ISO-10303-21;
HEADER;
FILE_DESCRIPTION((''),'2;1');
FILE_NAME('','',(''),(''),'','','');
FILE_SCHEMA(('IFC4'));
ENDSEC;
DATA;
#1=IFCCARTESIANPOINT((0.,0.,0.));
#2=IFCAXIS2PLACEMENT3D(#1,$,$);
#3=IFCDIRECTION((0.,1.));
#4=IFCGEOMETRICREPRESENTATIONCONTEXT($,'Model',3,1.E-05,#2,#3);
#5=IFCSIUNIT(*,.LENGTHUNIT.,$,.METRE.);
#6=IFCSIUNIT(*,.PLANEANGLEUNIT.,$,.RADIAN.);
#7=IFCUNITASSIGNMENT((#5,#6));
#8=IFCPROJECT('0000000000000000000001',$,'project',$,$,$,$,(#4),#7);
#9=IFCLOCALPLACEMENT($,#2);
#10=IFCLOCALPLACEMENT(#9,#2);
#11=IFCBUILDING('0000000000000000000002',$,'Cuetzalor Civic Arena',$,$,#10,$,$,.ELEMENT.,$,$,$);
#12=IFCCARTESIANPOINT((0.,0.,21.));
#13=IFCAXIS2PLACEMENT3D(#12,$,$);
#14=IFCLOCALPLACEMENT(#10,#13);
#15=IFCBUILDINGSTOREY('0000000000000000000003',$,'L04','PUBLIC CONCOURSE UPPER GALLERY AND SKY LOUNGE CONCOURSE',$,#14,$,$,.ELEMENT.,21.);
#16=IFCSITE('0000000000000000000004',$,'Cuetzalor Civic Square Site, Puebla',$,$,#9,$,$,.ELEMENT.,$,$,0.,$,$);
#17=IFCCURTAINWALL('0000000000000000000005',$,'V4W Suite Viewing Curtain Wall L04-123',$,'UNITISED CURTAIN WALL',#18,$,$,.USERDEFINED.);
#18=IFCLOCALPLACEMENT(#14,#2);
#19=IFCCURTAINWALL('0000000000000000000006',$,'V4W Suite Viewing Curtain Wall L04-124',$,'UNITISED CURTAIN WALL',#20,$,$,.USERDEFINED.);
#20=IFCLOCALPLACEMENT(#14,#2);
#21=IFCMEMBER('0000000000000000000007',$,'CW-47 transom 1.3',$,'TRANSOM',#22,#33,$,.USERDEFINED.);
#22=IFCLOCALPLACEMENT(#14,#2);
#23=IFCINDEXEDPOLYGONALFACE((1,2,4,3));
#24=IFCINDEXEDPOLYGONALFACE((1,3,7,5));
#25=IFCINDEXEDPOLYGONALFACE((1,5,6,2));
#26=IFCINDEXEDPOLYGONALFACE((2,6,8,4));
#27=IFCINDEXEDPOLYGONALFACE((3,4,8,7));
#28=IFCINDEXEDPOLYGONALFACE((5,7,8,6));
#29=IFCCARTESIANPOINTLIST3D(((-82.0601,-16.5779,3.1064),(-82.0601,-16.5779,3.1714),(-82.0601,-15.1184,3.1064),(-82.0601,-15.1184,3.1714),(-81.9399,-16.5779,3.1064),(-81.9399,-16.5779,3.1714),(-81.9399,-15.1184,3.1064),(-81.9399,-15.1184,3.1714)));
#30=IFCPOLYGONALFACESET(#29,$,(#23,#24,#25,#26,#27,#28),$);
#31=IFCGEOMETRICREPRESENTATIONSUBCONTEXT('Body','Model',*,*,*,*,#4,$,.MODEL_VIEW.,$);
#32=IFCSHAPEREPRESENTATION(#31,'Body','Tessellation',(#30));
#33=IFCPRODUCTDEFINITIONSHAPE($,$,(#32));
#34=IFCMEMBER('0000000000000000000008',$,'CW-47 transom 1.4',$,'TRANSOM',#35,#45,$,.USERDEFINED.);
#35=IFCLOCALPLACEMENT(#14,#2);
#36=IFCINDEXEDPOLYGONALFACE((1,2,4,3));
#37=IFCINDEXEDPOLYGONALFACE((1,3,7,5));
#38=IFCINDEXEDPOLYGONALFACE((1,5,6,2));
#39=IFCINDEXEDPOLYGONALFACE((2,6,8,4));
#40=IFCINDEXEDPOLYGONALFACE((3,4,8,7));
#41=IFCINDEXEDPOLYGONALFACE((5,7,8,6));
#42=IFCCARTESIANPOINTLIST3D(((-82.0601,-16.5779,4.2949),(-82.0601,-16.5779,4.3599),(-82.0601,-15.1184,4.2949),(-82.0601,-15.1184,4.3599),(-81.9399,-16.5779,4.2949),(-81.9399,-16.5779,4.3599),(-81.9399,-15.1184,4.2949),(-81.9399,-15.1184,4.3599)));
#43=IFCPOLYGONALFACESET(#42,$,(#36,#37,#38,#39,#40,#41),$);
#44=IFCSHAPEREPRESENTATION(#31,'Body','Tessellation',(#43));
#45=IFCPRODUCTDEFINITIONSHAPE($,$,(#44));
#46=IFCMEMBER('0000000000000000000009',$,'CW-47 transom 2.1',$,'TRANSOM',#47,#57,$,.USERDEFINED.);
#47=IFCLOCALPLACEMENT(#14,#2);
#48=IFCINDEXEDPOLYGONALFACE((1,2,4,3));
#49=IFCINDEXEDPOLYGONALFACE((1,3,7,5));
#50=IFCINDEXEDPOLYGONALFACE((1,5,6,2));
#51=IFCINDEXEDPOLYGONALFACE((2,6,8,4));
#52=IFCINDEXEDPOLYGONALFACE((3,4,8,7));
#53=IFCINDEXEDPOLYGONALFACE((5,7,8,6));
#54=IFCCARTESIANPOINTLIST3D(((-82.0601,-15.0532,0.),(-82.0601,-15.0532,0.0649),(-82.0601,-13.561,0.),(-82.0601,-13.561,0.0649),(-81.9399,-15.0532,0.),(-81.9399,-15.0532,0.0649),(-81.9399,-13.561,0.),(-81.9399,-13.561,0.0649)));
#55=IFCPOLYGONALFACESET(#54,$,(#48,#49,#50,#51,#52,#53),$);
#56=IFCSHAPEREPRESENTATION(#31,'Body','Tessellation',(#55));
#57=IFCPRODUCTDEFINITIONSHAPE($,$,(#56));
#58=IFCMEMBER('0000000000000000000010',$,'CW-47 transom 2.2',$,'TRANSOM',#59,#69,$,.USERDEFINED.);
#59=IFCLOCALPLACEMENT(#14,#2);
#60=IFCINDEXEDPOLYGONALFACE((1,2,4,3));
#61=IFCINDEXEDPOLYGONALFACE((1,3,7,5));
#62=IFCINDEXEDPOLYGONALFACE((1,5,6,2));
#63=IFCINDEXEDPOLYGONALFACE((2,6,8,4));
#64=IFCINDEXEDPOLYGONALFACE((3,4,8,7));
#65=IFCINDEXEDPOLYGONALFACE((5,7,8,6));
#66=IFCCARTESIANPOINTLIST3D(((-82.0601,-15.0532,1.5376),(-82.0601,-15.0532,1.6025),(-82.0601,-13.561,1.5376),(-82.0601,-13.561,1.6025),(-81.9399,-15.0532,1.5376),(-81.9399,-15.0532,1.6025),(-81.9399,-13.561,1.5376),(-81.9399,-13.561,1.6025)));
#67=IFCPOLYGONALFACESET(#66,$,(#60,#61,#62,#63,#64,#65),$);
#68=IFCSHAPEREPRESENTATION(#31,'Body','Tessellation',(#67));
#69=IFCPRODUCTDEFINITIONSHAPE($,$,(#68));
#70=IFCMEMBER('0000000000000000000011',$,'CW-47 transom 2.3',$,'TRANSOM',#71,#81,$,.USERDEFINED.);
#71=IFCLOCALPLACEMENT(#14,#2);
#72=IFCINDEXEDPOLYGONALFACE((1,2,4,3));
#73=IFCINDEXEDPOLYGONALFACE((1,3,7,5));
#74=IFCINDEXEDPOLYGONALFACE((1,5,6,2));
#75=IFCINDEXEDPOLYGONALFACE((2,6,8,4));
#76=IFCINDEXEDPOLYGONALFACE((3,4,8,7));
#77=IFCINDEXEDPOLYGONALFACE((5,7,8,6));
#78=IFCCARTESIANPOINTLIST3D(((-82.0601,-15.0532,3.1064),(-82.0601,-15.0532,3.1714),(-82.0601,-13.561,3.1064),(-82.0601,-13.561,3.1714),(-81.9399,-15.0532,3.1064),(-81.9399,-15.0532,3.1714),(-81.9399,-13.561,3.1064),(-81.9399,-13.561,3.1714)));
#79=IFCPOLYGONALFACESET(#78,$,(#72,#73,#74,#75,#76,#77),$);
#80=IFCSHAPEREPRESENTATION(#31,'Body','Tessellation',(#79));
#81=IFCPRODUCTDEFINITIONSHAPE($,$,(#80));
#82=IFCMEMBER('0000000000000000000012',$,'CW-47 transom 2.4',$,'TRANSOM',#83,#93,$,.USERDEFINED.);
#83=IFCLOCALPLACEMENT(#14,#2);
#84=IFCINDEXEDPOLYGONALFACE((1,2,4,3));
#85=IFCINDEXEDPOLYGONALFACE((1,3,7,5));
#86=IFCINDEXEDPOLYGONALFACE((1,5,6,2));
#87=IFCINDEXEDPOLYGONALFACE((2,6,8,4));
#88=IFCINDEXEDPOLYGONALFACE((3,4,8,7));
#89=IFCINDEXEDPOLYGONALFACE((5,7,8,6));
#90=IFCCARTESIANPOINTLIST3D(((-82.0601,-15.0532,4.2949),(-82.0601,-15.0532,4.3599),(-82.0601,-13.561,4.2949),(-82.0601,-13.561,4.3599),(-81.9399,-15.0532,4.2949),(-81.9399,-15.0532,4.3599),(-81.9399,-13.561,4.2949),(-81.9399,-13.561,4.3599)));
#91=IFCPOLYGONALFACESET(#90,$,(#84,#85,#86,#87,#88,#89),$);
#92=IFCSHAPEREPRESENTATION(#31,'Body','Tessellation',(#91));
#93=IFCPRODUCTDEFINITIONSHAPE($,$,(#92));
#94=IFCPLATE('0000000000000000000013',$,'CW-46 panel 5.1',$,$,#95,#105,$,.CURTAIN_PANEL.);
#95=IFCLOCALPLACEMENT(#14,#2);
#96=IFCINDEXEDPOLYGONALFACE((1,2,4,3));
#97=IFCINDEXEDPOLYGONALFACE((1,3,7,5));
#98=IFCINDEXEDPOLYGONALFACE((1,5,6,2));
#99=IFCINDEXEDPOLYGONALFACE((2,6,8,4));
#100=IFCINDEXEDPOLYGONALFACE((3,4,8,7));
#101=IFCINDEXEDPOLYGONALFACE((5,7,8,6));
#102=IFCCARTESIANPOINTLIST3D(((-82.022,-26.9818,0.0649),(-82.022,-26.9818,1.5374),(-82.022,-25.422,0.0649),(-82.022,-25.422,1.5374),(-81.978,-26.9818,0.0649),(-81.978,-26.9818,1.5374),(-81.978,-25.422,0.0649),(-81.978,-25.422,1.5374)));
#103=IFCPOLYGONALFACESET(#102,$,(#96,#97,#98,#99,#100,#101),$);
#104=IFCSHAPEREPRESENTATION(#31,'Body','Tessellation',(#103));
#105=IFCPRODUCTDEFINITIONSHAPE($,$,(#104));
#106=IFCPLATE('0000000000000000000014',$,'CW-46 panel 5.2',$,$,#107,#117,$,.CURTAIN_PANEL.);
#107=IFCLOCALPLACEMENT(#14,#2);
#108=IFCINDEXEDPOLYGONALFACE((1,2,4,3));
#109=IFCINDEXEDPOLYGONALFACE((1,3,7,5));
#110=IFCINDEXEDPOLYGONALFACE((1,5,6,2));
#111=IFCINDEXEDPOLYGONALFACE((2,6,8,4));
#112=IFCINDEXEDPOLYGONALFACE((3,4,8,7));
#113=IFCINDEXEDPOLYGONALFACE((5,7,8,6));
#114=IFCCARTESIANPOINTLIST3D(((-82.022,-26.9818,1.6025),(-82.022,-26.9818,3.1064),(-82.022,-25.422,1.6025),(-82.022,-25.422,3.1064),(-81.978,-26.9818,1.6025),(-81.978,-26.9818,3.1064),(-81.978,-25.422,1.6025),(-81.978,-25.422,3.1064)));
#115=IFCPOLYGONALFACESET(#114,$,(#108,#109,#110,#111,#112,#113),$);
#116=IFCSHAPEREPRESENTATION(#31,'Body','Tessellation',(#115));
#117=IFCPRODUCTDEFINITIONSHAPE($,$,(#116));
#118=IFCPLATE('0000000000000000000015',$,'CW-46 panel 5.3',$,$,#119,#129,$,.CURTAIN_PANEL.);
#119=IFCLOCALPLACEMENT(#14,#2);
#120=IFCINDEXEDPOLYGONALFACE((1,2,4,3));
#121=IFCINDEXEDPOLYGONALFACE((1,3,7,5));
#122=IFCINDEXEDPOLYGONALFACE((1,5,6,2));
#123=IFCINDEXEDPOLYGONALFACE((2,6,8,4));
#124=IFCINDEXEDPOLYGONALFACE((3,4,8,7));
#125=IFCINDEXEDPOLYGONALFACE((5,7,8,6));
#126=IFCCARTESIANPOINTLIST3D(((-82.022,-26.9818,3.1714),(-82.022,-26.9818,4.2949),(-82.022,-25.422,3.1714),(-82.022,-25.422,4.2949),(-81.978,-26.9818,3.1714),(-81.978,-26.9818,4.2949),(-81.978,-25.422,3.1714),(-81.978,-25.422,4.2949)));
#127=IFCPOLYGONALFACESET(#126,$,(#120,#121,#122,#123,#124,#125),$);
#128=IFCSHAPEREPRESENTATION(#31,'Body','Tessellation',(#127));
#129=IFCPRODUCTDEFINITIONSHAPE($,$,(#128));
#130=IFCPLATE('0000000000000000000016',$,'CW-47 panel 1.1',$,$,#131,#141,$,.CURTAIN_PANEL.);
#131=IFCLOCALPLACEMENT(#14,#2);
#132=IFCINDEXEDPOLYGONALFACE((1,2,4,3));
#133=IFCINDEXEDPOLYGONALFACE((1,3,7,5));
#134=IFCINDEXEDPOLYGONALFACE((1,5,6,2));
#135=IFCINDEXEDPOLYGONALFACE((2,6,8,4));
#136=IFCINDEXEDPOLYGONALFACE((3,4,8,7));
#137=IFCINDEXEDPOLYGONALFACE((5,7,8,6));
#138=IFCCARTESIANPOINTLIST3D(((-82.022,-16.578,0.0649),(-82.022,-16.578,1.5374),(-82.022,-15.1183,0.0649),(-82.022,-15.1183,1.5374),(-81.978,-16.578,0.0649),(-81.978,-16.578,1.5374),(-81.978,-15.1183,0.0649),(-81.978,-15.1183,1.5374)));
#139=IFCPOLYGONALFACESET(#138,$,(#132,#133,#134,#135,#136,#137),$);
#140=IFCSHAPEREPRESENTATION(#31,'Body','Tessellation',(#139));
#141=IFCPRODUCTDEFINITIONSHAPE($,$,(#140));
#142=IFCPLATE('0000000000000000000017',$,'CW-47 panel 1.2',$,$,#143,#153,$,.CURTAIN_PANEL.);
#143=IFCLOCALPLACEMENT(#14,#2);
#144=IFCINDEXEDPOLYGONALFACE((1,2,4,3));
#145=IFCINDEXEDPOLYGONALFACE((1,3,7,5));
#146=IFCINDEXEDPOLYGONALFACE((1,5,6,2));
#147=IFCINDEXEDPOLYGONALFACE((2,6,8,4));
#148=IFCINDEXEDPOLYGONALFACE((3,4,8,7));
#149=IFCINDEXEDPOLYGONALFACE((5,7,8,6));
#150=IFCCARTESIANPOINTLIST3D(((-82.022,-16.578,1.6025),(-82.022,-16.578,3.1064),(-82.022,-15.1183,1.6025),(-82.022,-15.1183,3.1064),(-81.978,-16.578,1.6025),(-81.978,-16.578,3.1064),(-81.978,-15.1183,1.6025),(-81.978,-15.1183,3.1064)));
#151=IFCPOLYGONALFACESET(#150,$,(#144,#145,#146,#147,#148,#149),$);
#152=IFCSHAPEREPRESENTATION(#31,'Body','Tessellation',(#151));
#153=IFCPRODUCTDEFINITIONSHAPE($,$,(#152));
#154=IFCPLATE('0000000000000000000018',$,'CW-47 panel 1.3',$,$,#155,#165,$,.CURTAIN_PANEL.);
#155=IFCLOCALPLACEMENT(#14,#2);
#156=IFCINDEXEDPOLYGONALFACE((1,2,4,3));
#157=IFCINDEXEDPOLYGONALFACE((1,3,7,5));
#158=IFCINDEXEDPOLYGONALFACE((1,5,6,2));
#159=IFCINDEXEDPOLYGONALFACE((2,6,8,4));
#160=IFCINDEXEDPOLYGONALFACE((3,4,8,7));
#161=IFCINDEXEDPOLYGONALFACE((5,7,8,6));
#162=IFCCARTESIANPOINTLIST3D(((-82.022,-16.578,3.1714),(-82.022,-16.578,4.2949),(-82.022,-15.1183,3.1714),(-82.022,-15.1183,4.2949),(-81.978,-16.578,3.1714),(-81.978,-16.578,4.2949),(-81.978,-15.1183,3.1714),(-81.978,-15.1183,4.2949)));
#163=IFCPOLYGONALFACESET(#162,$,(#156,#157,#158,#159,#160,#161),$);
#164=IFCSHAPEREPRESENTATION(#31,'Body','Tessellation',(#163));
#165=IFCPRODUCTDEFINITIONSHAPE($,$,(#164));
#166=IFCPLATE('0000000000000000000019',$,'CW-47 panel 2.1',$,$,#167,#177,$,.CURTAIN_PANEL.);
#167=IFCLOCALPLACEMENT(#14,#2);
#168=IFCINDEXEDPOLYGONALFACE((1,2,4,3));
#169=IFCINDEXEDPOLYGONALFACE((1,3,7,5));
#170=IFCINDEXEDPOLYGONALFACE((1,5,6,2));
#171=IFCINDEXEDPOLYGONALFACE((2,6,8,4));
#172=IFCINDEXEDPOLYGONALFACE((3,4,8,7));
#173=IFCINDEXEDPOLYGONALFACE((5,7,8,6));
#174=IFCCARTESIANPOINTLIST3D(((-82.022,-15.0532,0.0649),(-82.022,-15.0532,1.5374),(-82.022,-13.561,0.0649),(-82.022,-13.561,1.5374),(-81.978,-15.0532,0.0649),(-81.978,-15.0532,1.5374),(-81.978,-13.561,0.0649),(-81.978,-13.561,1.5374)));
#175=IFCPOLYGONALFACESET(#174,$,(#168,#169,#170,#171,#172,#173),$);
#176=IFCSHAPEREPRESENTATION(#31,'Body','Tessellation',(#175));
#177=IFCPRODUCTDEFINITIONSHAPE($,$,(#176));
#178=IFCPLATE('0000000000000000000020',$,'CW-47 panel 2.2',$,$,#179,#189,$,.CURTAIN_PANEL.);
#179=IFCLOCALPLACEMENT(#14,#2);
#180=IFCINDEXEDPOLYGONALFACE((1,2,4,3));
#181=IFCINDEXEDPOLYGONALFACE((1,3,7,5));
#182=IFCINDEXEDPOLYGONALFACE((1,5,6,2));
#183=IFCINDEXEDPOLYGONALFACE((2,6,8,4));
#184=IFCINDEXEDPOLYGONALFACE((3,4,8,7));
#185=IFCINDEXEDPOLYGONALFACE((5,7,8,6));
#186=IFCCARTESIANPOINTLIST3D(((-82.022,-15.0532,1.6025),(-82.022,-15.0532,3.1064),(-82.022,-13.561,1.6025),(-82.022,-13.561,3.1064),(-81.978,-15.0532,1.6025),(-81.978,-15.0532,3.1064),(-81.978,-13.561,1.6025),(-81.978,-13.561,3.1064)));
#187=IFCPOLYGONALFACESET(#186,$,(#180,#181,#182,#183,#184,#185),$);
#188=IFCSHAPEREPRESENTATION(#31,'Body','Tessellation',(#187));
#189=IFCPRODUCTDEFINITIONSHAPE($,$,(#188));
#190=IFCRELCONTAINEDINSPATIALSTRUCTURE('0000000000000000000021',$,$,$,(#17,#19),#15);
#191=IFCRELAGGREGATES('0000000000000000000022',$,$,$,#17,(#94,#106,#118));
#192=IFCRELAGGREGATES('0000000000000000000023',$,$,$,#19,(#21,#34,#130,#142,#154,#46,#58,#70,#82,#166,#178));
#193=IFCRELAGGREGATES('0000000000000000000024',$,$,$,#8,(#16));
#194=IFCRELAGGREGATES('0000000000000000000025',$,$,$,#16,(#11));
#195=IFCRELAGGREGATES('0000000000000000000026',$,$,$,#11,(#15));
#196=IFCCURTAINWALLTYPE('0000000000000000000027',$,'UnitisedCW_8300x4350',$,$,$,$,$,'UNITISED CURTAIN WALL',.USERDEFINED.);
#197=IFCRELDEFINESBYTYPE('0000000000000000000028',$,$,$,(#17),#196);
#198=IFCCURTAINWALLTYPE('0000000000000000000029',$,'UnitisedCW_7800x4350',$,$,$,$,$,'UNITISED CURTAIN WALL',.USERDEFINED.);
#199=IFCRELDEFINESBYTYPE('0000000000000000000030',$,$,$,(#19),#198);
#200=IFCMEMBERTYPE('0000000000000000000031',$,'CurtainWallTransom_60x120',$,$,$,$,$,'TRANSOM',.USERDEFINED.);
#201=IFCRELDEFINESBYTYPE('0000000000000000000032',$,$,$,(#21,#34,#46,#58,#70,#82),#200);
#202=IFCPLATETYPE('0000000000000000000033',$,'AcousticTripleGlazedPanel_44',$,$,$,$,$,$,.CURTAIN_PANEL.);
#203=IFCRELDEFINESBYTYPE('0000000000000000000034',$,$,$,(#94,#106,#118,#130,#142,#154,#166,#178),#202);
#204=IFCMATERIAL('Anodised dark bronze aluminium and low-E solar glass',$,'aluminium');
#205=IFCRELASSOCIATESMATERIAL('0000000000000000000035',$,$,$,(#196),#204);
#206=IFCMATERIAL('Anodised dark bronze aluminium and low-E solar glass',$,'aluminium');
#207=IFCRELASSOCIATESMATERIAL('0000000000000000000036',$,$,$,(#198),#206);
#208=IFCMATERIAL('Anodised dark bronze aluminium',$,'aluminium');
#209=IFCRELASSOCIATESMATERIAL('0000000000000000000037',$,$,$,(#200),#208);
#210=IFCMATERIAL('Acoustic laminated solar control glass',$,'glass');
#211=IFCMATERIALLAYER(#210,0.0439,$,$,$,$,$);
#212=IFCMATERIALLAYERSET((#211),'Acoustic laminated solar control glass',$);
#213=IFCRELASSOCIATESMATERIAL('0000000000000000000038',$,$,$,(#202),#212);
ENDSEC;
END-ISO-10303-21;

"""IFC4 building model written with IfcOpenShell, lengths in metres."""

from ifc_helpers import new_model, si_unit, direction, frame, origin, origin_2d, place, context, subcontext, project, spatial, rectangle, extrude, material, layer, layer_set, material_profile, profile_set, type_object, element, aggregate, save


model = new_model("IFC4")

# Units and contexts
model_context = context("Model", 3, precision=1e-05, world=origin(), true_north=direction((0.0, 1.0)))
body_context = subcontext(model_context, "Body", "Model", "MODEL_VIEW")
ifc_project = project(units=[si_unit("LENGTHUNIT", "METRE"), si_unit("PLANEANGLEUNIT", "RADIAN")], contexts=[model_context])

# Site, building, storey
site_placement = place(None, origin())
site = spatial("IfcSite", under=ifc_project, at=site_placement, Name="Cuetzalor Civic Square Site, Puebla", CompositionType="ELEMENT", RefElevation=0.0)
building_placement = place(site_placement, origin())
building = spatial("IfcBuilding", under=site, at=building_placement, Name="Cuetzalor Civic Arena", CompositionType="ELEMENT")
storey_placement = place(building_placement, frame((0.0, 0.0, 21.0)))
storey = spatial("IfcBuildingStorey", under=building, at=storey_placement, Name="L04", Description="PUBLIC CONCOURSE UPPER GALLERY AND SKY LOUNGE CONCOURSE", CompositionType="ELEMENT", Elevation=21.0)

# Curtain walls
ifc_material_1 = material(Name="Anodised dark bronze aluminium and low-E solar glass", Category="aluminium")
curtain_wall_type_1 = type_object("IfcCurtainWallType", Name="UnitisedCW_8300x4350", ElementType="UNITISED CURTAIN WALL", PredefinedType="USERDEFINED", material=ifc_material_1)
curtain_wall_1_placement = place(storey_placement, origin())
curtain_wall_1 = element("IfcCurtainWall", 1, at=curtain_wall_1_placement, inside=storey, type_object=curtain_wall_type_1, Name="V4W Suite Viewing Curtain Wall L04-123", ObjectType="UNITISED CURTAIN WALL", PredefinedType="USERDEFINED")
ifc_material_2 = material(Name="Anodised dark bronze aluminium and low-E solar glass", Category="aluminium")
curtain_wall_type_2 = type_object("IfcCurtainWallType", Name="UnitisedCW_7800x4350", ElementType="UNITISED CURTAIN WALL", PredefinedType="USERDEFINED", material=ifc_material_2)
curtain_wall_2_placement = place(storey_placement, origin())
curtain_wall_2 = element("IfcCurtainWall", 2, at=curtain_wall_2_placement, inside=storey, type_object=curtain_wall_type_2, Name="V4W Suite Viewing Curtain Wall L04-124", ObjectType="UNITISED CURTAIN WALL", PredefinedType="USERDEFINED")

# Members
ifc_material_3 = material(Name="Anodised dark bronze aluminium", Category="aluminium")
ifc_material_profile_1 = material_profile(ifc_material_3, rectangle(XDim=0.1201, YDim=0.0649, at=origin_2d()), Name="ALU TRANSOM 65x120")
ifc_profile_set_1 = profile_set([ifc_material_profile_1], Name="Anodised dark bronze aluminium")
member_type_1 = type_object("IfcMemberType", Name="CurtainWallTransom_60x120", ElementType="TRANSOM", PredefinedType="USERDEFINED", material=ifc_profile_set_1)
member_1_placement = place(storey_placement, frame((-82.0, -16.5779, 3.1389), z_axis=(0.0, 1.0, 0.0), x_axis=(-1.0, 0.0, 0.0)))
member_1 = element("IfcMember", 3, at=member_1_placement, type_object=member_type_1, Name="CW-47 transom 1.3", ObjectType="TRANSOM", PredefinedType="USERDEFINED", context=body_context, shape_type="SweptSolid", body=[
    extrude(rectangle(XDim=0.1201, YDim=0.0649, at=origin_2d()), origin(), (0.0, 0.0, 1.0), 1.4595),
])
member_2_placement = place(storey_placement, frame((-82.0, -16.5779, 4.3274), z_axis=(0.0, 1.0, 0.0), x_axis=(-1.0, 0.0, 0.0)))
member_2 = element("IfcMember", 4, at=member_2_placement, type_object=member_type_1, Name="CW-47 transom 1.4", ObjectType="TRANSOM", PredefinedType="USERDEFINED", context=body_context, shape_type="SweptSolid", body=[
    extrude(rectangle(XDim=0.1201, YDim=0.0649, at=origin_2d()), origin(), (0.0, 0.0, 1.0), 1.4595),
])
member_3_placement = place(storey_placement, frame((-82.0, -15.0532, 0.0325), z_axis=(0.0, 1.0, 0.0), x_axis=(-1.0, 0.0, 0.0)))
member_3 = element("IfcMember", 5, at=member_3_placement, type_object=member_type_1, Name="CW-47 transom 2.1", ObjectType="TRANSOM", PredefinedType="USERDEFINED", context=body_context, shape_type="SweptSolid", body=[
    extrude(rectangle(XDim=0.1201, YDim=0.0649, at=origin_2d()), origin(), (0.0, 0.0, 1.0), 1.4922),
])
member_4_placement = place(storey_placement, frame((-82.0, -15.0532, 1.5701), z_axis=(0.0, 1.0, 0.0), x_axis=(-1.0, 0.0, 0.0)))
member_4 = element("IfcMember", 6, at=member_4_placement, type_object=member_type_1, Name="CW-47 transom 2.2", ObjectType="TRANSOM", PredefinedType="USERDEFINED", context=body_context, shape_type="SweptSolid", body=[
    extrude(rectangle(XDim=0.1201, YDim=0.0649, at=origin_2d()), origin(), (0.0, 0.0, 1.0), 1.4922),
])
member_5_placement = place(storey_placement, frame((-82.0, -15.0532, 3.1389), z_axis=(0.0, 1.0, 0.0), x_axis=(-1.0, 0.0, 0.0)))
member_5 = element("IfcMember", 7, at=member_5_placement, type_object=member_type_1, Name="CW-47 transom 2.3", ObjectType="TRANSOM", PredefinedType="USERDEFINED", context=body_context, shape_type="SweptSolid", body=[
    extrude(rectangle(XDim=0.1201, YDim=0.0649, at=origin_2d()), origin(), (0.0, 0.0, 1.0), 1.4922),
])
member_6_placement = place(storey_placement, frame((-82.0, -15.0532, 4.3274), z_axis=(0.0, 1.0, 0.0), x_axis=(-1.0, 0.0, 0.0)))
member_6 = element("IfcMember", 8, at=member_6_placement, type_object=member_type_1, Name="CW-47 transom 2.4", ObjectType="TRANSOM", PredefinedType="USERDEFINED", context=body_context, shape_type="SweptSolid", body=[
    extrude(rectangle(XDim=0.1201, YDim=0.0649, at=origin_2d()), origin(), (0.0, 0.0, 1.0), 1.4922),
])

# Plates
ifc_material_4 = material(Name="Acoustic laminated solar control glass", Category="glass")
ifc_layer_1 = layer(ifc_material_4, 0.0439)
ifc_layer_set_1 = layer_set([ifc_layer_1], Name="Acoustic laminated solar control glass")
plate_type = type_object("IfcPlateType", Name="AcousticTripleGlazedPanel_44", PredefinedType="CURTAIN_PANEL", material=ifc_layer_set_1)
plate_1_placement = place(storey_placement, frame((-82.0, -26.2019, 0.0649), z_axis=(0.0, 0.0, 1.0), x_axis=(0.0, 1.0, 0.0)))
plate_1 = element("IfcPlate", 9, at=plate_1_placement, type_object=plate_type, Name="CW-46 panel 5.1", PredefinedType="CURTAIN_PANEL", context=body_context, shape_type="SweptSolid", body=[
    extrude(rectangle(XDim=1.5598, YDim=0.0439, at=origin_2d()), origin(), (0.0, 0.0, 1.0), 1.4724),
])
plate_2_placement = place(storey_placement, frame((-82.0, -26.2019, 1.6025), z_axis=(0.0, 0.0, 1.0), x_axis=(0.0, 1.0, 0.0)))
plate_2 = element("IfcPlate", 10, at=plate_2_placement, type_object=plate_type, Name="CW-46 panel 5.2", PredefinedType="CURTAIN_PANEL", context=body_context, shape_type="SweptSolid", body=[
    extrude(rectangle(XDim=1.5598, YDim=0.0439, at=origin_2d()), origin(), (0.0, 0.0, 1.0), 1.5039),
])
plate_3_placement = place(storey_placement, frame((-82.0, -26.2019, 3.1714), z_axis=(0.0, 0.0, 1.0), x_axis=(0.0, 1.0, 0.0)))
plate_3 = element("IfcPlate", 11, at=plate_3_placement, type_object=plate_type, Name="CW-46 panel 5.3", PredefinedType="CURTAIN_PANEL", context=body_context, shape_type="SweptSolid", body=[
    extrude(rectangle(XDim=1.5598, YDim=0.0439, at=origin_2d()), origin(), (0.0, 0.0, 1.0), 1.1235),
])
aggregate(curtain_wall_1, [plate_1, plate_2, plate_3])
plate_4_placement = place(storey_placement, frame((-82.0, -15.8481, 0.0649), z_axis=(0.0, 0.0, 1.0), x_axis=(0.0, 1.0, 0.0)))
plate_4 = element("IfcPlate", 12, at=plate_4_placement, type_object=plate_type, Name="CW-47 panel 1.1", PredefinedType="CURTAIN_PANEL", context=body_context, shape_type="SweptSolid", body=[
    extrude(rectangle(XDim=1.4597, YDim=0.0439, at=origin_2d()), origin(), (0.0, 0.0, 1.0), 1.4724),
])
plate_5_placement = place(storey_placement, frame((-82.0, -15.8481, 1.6025), z_axis=(0.0, 0.0, 1.0), x_axis=(0.0, 1.0, 0.0)))
plate_5 = element("IfcPlate", 13, at=plate_5_placement, type_object=plate_type, Name="CW-47 panel 1.2", PredefinedType="CURTAIN_PANEL", context=body_context, shape_type="SweptSolid", body=[
    extrude(rectangle(XDim=1.4597, YDim=0.0439, at=origin_2d()), origin(), (0.0, 0.0, 1.0), 1.5039),
])
plate_6_placement = place(storey_placement, frame((-82.0, -15.8481, 3.1714), z_axis=(0.0, 0.0, 1.0), x_axis=(0.0, 1.0, 0.0)))
plate_6 = element("IfcPlate", 14, at=plate_6_placement, type_object=plate_type, Name="CW-47 panel 1.3", PredefinedType="CURTAIN_PANEL", context=body_context, shape_type="SweptSolid", body=[
    extrude(rectangle(XDim=1.4597, YDim=0.0439, at=origin_2d()), origin(), (0.0, 0.0, 1.0), 1.1235),
])
plate_7_placement = place(storey_placement, frame((-82.0, -14.3071, 0.0649), z_axis=(0.0, 0.0, 1.0), x_axis=(0.0, 1.0, 0.0)))
plate_7 = element("IfcPlate", 15, at=plate_7_placement, type_object=plate_type, Name="CW-47 panel 2.1", PredefinedType="CURTAIN_PANEL", context=body_context, shape_type="SweptSolid", body=[
    extrude(rectangle(XDim=1.4922, YDim=0.0439, at=origin_2d()), origin(), (0.0, 0.0, 1.0), 1.4724),
])
plate_8_placement = place(storey_placement, frame((-82.0, -14.3071, 1.6025), z_axis=(0.0, 0.0, 1.0), x_axis=(0.0, 1.0, 0.0)))
plate_8 = element("IfcPlate", 16, at=plate_8_placement, type_object=plate_type, Name="CW-47 panel 2.2", PredefinedType="CURTAIN_PANEL", context=body_context, shape_type="SweptSolid", body=[
    extrude(rectangle(XDim=1.4922, YDim=0.0439, at=origin_2d()), origin(), (0.0, 0.0, 1.0), 1.5039),
])
aggregate(curtain_wall_2, [member_1, member_2, plate_4, plate_5, plate_6, member_3, member_4, member_5, member_6, plate_7, plate_8])

save(model, "model.ifc")
